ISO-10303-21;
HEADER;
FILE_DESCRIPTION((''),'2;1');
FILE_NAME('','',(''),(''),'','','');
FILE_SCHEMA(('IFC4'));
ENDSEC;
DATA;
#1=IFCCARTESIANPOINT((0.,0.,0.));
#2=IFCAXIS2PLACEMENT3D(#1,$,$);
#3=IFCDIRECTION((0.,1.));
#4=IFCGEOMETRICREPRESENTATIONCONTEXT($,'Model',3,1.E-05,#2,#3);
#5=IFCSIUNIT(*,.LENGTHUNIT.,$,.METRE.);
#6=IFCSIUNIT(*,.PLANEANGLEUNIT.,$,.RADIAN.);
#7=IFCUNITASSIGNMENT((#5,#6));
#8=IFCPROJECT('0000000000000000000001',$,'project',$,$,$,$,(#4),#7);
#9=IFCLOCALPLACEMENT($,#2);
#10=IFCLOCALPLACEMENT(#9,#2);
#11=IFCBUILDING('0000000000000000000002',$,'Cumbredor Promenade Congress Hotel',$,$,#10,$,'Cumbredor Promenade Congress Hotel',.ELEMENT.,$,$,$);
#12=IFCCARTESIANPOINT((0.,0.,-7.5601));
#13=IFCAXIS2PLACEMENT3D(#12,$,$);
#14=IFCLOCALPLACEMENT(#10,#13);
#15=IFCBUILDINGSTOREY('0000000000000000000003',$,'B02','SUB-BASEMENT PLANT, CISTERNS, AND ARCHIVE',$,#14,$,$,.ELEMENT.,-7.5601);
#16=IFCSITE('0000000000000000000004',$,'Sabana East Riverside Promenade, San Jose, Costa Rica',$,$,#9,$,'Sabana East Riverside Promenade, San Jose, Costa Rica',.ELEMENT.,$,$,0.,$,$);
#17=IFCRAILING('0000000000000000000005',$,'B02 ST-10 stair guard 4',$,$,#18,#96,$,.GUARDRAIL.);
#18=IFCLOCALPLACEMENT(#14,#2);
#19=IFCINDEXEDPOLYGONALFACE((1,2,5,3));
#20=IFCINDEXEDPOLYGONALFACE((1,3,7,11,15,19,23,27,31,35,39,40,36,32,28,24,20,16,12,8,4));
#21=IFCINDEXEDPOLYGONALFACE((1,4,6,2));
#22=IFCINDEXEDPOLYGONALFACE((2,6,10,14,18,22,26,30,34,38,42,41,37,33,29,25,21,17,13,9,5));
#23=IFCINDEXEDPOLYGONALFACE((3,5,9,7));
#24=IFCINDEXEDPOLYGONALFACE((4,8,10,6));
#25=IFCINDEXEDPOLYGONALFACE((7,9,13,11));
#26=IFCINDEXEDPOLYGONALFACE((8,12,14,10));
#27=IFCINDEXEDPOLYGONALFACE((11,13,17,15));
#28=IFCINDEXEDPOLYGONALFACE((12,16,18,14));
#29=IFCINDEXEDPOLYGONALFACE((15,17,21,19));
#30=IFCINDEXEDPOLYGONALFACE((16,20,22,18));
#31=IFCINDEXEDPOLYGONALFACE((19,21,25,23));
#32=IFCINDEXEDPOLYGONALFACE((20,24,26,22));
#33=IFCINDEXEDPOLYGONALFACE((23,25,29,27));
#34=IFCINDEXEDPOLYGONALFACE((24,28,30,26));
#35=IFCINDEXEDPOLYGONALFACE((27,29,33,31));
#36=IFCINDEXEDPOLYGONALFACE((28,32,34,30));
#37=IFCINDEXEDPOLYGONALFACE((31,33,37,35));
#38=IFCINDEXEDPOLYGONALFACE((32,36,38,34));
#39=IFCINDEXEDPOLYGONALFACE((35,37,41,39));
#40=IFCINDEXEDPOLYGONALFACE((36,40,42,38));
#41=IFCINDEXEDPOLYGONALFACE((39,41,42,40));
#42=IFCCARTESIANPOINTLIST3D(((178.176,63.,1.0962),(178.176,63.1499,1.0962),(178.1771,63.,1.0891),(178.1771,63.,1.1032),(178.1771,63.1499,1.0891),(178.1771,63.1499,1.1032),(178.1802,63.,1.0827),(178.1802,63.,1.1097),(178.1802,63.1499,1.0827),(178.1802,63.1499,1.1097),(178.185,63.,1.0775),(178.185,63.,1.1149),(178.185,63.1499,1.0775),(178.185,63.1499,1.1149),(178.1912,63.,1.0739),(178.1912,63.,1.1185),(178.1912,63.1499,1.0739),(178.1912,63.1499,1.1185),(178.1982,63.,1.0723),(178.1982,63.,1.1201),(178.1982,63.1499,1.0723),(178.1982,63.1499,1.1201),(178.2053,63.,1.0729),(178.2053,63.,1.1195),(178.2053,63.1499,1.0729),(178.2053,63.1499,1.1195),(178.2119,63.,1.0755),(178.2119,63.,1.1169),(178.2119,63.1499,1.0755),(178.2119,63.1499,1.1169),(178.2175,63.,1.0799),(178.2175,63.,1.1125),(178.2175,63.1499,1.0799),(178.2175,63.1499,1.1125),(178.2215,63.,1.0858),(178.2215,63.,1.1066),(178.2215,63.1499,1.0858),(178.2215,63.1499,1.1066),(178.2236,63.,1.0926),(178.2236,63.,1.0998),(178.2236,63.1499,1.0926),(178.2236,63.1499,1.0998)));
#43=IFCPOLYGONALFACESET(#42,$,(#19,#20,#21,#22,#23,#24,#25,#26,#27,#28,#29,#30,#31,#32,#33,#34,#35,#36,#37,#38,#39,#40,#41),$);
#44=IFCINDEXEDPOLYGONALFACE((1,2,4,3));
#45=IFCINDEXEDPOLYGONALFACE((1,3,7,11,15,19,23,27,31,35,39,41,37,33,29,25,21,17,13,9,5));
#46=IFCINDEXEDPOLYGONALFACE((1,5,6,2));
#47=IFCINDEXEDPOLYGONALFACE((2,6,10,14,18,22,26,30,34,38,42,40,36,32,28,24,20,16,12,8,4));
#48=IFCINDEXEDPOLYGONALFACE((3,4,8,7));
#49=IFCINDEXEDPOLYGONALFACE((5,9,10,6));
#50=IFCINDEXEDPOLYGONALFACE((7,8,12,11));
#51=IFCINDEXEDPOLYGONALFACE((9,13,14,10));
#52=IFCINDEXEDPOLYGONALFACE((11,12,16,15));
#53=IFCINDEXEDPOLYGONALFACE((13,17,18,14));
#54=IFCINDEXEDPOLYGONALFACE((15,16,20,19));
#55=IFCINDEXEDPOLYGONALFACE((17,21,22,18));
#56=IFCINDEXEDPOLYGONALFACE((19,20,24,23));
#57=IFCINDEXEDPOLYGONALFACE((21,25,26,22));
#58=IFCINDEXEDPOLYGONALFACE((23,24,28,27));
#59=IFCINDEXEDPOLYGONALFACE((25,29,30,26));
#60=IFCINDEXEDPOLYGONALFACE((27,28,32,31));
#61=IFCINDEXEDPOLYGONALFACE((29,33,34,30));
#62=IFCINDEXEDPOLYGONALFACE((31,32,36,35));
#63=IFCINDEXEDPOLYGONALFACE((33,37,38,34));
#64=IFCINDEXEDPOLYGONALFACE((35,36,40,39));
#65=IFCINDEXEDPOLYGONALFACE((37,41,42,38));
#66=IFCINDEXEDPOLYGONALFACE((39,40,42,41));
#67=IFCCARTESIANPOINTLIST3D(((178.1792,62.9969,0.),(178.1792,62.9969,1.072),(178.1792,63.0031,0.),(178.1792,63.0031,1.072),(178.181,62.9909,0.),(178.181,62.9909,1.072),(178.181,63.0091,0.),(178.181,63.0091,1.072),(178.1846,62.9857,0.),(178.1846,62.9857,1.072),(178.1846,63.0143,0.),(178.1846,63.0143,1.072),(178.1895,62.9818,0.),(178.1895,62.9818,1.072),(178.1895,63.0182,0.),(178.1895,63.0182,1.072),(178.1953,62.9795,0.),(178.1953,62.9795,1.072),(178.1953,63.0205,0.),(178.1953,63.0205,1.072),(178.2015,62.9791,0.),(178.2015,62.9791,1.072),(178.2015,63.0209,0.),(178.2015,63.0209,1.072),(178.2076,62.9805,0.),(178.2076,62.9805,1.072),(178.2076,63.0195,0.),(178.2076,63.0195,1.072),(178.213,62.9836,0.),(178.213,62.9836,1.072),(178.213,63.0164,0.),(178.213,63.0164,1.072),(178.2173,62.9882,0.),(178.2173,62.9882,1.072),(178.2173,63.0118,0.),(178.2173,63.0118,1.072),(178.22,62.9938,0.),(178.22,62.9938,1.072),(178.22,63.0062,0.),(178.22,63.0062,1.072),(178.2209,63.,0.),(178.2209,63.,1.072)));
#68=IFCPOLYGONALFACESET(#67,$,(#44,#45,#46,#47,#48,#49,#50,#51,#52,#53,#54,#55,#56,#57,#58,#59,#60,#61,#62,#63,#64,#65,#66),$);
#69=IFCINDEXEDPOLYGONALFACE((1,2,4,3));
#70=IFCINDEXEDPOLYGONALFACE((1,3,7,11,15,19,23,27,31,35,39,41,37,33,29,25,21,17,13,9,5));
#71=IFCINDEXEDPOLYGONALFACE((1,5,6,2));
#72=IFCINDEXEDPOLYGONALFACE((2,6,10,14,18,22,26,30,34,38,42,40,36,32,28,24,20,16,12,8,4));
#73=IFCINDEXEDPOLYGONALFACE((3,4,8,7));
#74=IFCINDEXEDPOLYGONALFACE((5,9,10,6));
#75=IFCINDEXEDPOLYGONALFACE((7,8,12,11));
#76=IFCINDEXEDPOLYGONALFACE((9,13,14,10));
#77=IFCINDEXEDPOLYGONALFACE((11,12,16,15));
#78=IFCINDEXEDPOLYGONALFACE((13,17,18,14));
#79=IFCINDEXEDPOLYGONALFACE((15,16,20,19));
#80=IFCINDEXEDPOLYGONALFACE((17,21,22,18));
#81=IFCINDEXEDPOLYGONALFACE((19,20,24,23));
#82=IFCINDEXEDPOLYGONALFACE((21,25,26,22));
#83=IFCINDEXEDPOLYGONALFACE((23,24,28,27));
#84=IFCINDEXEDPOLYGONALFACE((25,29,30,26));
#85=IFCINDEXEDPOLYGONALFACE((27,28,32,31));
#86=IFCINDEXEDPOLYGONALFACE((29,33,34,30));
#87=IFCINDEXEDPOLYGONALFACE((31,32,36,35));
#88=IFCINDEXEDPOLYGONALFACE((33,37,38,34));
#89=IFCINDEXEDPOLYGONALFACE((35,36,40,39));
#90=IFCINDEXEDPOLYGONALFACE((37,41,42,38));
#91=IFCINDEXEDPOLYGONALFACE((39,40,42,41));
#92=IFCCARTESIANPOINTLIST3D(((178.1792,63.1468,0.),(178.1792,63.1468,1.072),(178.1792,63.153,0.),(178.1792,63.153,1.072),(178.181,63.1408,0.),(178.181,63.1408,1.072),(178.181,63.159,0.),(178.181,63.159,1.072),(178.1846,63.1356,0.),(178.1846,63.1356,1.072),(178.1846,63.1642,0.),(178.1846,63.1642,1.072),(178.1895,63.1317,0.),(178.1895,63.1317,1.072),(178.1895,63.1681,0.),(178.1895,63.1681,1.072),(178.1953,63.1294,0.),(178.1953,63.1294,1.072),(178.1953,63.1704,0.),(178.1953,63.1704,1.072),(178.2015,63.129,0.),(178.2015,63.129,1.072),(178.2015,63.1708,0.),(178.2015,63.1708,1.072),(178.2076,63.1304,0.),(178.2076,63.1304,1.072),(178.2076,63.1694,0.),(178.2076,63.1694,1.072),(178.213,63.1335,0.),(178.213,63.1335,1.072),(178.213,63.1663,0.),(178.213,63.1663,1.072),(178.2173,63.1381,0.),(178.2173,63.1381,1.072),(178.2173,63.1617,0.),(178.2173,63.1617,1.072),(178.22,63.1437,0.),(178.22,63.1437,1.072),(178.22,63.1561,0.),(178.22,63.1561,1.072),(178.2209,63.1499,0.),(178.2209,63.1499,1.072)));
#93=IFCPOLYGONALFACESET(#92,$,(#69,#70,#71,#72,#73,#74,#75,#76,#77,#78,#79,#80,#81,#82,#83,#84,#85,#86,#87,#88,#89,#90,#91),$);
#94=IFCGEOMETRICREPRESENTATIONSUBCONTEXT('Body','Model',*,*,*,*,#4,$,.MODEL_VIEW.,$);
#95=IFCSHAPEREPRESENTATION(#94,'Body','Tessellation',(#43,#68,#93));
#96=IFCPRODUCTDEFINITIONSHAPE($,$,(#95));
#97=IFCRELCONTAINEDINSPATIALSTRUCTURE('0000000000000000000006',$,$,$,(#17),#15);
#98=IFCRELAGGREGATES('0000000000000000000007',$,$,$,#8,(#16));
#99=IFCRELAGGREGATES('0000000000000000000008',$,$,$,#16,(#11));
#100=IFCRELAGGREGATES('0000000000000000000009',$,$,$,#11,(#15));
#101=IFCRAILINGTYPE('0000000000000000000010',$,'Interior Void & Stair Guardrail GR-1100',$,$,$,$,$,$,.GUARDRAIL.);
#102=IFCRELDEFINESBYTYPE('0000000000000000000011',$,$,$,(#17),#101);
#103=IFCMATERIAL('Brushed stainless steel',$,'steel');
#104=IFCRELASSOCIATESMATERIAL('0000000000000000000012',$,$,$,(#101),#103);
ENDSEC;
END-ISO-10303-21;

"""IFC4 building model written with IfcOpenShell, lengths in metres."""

from ifc_helpers import new_model, si_unit, direction, frame, origin, origin_2d, place, context, subcontext, project, spatial, circle, extrude, material, type_object, element, save


model = new_model("IFC4")

# Units and contexts
model_context = context("Model", 3, precision=1e-05, world=origin(), true_north=direction((0.0, 1.0)))
body_context = subcontext(model_context, "Body", "Model", "MODEL_VIEW")
ifc_project = project(units=[si_unit("LENGTHUNIT", "METRE"), si_unit("PLANEANGLEUNIT", "RADIAN")], contexts=[model_context])

# Site, building, storey
site_placement = place(None, origin())
site = spatial("IfcSite", under=ifc_project, at=site_placement, Name="Sabana East Riverside Promenade, San Jose, Costa Rica", LongName="Sabana East Riverside Promenade, San Jose, Costa Rica", CompositionType="ELEMENT", RefElevation=0.0)
building_placement = place(site_placement, origin())
building = spatial("IfcBuilding", under=site, at=building_placement, Name="Cumbredor Promenade Congress Hotel", LongName="Cumbredor Promenade Congress Hotel", CompositionType="ELEMENT")
storey_placement = place(building_placement, frame((0.0, 0.0, -7.5601)))
storey = spatial("IfcBuildingStorey", under=building, at=storey_placement, Name="B02", Description="SUB-BASEMENT PLANT, CISTERNS, AND ARCHIVE", CompositionType="ELEMENT", Elevation=-7.5601)

# Railing
ifc_material_1 = material(Name="Brushed stainless steel", Category="steel")
railing_type_1 = type_object("IfcRailingType", Name="Interior Void & Stair Guardrail GR-1100", PredefinedType="GUARDRAIL", material=ifc_material_1)
railing_1_placement = place(storey_placement, frame((178.2, 63.0, 0.0)))
element("IfcRailing", 1, at=railing_1_placement, inside=storey, type_object=railing_type_1, Name="B02 ST-10 stair guard 4", PredefinedType="GUARDRAIL", context=body_context, shape_type="SweptSolid", body=[
    extrude(circle(Radius=0.0239, at=origin_2d()), frame((0.0, 0.0, 1.0962), z_axis=(0.0, 1.0, 0.0), x_axis=(-1.0, 0.0, 0.0)), (0.0, 0.0, 1.0), 0.1499),
    extrude(circle(Radius=0.021, at=origin_2d()), origin(), (0.0, 0.0, 1.0), 1.072),
    extrude(circle(Radius=0.021, at=origin_2d()), frame((0.0, 0.1499, 0.0)), (0.0, 0.0, 1.0), 1.072),
])

save(model, "model.ifc")
